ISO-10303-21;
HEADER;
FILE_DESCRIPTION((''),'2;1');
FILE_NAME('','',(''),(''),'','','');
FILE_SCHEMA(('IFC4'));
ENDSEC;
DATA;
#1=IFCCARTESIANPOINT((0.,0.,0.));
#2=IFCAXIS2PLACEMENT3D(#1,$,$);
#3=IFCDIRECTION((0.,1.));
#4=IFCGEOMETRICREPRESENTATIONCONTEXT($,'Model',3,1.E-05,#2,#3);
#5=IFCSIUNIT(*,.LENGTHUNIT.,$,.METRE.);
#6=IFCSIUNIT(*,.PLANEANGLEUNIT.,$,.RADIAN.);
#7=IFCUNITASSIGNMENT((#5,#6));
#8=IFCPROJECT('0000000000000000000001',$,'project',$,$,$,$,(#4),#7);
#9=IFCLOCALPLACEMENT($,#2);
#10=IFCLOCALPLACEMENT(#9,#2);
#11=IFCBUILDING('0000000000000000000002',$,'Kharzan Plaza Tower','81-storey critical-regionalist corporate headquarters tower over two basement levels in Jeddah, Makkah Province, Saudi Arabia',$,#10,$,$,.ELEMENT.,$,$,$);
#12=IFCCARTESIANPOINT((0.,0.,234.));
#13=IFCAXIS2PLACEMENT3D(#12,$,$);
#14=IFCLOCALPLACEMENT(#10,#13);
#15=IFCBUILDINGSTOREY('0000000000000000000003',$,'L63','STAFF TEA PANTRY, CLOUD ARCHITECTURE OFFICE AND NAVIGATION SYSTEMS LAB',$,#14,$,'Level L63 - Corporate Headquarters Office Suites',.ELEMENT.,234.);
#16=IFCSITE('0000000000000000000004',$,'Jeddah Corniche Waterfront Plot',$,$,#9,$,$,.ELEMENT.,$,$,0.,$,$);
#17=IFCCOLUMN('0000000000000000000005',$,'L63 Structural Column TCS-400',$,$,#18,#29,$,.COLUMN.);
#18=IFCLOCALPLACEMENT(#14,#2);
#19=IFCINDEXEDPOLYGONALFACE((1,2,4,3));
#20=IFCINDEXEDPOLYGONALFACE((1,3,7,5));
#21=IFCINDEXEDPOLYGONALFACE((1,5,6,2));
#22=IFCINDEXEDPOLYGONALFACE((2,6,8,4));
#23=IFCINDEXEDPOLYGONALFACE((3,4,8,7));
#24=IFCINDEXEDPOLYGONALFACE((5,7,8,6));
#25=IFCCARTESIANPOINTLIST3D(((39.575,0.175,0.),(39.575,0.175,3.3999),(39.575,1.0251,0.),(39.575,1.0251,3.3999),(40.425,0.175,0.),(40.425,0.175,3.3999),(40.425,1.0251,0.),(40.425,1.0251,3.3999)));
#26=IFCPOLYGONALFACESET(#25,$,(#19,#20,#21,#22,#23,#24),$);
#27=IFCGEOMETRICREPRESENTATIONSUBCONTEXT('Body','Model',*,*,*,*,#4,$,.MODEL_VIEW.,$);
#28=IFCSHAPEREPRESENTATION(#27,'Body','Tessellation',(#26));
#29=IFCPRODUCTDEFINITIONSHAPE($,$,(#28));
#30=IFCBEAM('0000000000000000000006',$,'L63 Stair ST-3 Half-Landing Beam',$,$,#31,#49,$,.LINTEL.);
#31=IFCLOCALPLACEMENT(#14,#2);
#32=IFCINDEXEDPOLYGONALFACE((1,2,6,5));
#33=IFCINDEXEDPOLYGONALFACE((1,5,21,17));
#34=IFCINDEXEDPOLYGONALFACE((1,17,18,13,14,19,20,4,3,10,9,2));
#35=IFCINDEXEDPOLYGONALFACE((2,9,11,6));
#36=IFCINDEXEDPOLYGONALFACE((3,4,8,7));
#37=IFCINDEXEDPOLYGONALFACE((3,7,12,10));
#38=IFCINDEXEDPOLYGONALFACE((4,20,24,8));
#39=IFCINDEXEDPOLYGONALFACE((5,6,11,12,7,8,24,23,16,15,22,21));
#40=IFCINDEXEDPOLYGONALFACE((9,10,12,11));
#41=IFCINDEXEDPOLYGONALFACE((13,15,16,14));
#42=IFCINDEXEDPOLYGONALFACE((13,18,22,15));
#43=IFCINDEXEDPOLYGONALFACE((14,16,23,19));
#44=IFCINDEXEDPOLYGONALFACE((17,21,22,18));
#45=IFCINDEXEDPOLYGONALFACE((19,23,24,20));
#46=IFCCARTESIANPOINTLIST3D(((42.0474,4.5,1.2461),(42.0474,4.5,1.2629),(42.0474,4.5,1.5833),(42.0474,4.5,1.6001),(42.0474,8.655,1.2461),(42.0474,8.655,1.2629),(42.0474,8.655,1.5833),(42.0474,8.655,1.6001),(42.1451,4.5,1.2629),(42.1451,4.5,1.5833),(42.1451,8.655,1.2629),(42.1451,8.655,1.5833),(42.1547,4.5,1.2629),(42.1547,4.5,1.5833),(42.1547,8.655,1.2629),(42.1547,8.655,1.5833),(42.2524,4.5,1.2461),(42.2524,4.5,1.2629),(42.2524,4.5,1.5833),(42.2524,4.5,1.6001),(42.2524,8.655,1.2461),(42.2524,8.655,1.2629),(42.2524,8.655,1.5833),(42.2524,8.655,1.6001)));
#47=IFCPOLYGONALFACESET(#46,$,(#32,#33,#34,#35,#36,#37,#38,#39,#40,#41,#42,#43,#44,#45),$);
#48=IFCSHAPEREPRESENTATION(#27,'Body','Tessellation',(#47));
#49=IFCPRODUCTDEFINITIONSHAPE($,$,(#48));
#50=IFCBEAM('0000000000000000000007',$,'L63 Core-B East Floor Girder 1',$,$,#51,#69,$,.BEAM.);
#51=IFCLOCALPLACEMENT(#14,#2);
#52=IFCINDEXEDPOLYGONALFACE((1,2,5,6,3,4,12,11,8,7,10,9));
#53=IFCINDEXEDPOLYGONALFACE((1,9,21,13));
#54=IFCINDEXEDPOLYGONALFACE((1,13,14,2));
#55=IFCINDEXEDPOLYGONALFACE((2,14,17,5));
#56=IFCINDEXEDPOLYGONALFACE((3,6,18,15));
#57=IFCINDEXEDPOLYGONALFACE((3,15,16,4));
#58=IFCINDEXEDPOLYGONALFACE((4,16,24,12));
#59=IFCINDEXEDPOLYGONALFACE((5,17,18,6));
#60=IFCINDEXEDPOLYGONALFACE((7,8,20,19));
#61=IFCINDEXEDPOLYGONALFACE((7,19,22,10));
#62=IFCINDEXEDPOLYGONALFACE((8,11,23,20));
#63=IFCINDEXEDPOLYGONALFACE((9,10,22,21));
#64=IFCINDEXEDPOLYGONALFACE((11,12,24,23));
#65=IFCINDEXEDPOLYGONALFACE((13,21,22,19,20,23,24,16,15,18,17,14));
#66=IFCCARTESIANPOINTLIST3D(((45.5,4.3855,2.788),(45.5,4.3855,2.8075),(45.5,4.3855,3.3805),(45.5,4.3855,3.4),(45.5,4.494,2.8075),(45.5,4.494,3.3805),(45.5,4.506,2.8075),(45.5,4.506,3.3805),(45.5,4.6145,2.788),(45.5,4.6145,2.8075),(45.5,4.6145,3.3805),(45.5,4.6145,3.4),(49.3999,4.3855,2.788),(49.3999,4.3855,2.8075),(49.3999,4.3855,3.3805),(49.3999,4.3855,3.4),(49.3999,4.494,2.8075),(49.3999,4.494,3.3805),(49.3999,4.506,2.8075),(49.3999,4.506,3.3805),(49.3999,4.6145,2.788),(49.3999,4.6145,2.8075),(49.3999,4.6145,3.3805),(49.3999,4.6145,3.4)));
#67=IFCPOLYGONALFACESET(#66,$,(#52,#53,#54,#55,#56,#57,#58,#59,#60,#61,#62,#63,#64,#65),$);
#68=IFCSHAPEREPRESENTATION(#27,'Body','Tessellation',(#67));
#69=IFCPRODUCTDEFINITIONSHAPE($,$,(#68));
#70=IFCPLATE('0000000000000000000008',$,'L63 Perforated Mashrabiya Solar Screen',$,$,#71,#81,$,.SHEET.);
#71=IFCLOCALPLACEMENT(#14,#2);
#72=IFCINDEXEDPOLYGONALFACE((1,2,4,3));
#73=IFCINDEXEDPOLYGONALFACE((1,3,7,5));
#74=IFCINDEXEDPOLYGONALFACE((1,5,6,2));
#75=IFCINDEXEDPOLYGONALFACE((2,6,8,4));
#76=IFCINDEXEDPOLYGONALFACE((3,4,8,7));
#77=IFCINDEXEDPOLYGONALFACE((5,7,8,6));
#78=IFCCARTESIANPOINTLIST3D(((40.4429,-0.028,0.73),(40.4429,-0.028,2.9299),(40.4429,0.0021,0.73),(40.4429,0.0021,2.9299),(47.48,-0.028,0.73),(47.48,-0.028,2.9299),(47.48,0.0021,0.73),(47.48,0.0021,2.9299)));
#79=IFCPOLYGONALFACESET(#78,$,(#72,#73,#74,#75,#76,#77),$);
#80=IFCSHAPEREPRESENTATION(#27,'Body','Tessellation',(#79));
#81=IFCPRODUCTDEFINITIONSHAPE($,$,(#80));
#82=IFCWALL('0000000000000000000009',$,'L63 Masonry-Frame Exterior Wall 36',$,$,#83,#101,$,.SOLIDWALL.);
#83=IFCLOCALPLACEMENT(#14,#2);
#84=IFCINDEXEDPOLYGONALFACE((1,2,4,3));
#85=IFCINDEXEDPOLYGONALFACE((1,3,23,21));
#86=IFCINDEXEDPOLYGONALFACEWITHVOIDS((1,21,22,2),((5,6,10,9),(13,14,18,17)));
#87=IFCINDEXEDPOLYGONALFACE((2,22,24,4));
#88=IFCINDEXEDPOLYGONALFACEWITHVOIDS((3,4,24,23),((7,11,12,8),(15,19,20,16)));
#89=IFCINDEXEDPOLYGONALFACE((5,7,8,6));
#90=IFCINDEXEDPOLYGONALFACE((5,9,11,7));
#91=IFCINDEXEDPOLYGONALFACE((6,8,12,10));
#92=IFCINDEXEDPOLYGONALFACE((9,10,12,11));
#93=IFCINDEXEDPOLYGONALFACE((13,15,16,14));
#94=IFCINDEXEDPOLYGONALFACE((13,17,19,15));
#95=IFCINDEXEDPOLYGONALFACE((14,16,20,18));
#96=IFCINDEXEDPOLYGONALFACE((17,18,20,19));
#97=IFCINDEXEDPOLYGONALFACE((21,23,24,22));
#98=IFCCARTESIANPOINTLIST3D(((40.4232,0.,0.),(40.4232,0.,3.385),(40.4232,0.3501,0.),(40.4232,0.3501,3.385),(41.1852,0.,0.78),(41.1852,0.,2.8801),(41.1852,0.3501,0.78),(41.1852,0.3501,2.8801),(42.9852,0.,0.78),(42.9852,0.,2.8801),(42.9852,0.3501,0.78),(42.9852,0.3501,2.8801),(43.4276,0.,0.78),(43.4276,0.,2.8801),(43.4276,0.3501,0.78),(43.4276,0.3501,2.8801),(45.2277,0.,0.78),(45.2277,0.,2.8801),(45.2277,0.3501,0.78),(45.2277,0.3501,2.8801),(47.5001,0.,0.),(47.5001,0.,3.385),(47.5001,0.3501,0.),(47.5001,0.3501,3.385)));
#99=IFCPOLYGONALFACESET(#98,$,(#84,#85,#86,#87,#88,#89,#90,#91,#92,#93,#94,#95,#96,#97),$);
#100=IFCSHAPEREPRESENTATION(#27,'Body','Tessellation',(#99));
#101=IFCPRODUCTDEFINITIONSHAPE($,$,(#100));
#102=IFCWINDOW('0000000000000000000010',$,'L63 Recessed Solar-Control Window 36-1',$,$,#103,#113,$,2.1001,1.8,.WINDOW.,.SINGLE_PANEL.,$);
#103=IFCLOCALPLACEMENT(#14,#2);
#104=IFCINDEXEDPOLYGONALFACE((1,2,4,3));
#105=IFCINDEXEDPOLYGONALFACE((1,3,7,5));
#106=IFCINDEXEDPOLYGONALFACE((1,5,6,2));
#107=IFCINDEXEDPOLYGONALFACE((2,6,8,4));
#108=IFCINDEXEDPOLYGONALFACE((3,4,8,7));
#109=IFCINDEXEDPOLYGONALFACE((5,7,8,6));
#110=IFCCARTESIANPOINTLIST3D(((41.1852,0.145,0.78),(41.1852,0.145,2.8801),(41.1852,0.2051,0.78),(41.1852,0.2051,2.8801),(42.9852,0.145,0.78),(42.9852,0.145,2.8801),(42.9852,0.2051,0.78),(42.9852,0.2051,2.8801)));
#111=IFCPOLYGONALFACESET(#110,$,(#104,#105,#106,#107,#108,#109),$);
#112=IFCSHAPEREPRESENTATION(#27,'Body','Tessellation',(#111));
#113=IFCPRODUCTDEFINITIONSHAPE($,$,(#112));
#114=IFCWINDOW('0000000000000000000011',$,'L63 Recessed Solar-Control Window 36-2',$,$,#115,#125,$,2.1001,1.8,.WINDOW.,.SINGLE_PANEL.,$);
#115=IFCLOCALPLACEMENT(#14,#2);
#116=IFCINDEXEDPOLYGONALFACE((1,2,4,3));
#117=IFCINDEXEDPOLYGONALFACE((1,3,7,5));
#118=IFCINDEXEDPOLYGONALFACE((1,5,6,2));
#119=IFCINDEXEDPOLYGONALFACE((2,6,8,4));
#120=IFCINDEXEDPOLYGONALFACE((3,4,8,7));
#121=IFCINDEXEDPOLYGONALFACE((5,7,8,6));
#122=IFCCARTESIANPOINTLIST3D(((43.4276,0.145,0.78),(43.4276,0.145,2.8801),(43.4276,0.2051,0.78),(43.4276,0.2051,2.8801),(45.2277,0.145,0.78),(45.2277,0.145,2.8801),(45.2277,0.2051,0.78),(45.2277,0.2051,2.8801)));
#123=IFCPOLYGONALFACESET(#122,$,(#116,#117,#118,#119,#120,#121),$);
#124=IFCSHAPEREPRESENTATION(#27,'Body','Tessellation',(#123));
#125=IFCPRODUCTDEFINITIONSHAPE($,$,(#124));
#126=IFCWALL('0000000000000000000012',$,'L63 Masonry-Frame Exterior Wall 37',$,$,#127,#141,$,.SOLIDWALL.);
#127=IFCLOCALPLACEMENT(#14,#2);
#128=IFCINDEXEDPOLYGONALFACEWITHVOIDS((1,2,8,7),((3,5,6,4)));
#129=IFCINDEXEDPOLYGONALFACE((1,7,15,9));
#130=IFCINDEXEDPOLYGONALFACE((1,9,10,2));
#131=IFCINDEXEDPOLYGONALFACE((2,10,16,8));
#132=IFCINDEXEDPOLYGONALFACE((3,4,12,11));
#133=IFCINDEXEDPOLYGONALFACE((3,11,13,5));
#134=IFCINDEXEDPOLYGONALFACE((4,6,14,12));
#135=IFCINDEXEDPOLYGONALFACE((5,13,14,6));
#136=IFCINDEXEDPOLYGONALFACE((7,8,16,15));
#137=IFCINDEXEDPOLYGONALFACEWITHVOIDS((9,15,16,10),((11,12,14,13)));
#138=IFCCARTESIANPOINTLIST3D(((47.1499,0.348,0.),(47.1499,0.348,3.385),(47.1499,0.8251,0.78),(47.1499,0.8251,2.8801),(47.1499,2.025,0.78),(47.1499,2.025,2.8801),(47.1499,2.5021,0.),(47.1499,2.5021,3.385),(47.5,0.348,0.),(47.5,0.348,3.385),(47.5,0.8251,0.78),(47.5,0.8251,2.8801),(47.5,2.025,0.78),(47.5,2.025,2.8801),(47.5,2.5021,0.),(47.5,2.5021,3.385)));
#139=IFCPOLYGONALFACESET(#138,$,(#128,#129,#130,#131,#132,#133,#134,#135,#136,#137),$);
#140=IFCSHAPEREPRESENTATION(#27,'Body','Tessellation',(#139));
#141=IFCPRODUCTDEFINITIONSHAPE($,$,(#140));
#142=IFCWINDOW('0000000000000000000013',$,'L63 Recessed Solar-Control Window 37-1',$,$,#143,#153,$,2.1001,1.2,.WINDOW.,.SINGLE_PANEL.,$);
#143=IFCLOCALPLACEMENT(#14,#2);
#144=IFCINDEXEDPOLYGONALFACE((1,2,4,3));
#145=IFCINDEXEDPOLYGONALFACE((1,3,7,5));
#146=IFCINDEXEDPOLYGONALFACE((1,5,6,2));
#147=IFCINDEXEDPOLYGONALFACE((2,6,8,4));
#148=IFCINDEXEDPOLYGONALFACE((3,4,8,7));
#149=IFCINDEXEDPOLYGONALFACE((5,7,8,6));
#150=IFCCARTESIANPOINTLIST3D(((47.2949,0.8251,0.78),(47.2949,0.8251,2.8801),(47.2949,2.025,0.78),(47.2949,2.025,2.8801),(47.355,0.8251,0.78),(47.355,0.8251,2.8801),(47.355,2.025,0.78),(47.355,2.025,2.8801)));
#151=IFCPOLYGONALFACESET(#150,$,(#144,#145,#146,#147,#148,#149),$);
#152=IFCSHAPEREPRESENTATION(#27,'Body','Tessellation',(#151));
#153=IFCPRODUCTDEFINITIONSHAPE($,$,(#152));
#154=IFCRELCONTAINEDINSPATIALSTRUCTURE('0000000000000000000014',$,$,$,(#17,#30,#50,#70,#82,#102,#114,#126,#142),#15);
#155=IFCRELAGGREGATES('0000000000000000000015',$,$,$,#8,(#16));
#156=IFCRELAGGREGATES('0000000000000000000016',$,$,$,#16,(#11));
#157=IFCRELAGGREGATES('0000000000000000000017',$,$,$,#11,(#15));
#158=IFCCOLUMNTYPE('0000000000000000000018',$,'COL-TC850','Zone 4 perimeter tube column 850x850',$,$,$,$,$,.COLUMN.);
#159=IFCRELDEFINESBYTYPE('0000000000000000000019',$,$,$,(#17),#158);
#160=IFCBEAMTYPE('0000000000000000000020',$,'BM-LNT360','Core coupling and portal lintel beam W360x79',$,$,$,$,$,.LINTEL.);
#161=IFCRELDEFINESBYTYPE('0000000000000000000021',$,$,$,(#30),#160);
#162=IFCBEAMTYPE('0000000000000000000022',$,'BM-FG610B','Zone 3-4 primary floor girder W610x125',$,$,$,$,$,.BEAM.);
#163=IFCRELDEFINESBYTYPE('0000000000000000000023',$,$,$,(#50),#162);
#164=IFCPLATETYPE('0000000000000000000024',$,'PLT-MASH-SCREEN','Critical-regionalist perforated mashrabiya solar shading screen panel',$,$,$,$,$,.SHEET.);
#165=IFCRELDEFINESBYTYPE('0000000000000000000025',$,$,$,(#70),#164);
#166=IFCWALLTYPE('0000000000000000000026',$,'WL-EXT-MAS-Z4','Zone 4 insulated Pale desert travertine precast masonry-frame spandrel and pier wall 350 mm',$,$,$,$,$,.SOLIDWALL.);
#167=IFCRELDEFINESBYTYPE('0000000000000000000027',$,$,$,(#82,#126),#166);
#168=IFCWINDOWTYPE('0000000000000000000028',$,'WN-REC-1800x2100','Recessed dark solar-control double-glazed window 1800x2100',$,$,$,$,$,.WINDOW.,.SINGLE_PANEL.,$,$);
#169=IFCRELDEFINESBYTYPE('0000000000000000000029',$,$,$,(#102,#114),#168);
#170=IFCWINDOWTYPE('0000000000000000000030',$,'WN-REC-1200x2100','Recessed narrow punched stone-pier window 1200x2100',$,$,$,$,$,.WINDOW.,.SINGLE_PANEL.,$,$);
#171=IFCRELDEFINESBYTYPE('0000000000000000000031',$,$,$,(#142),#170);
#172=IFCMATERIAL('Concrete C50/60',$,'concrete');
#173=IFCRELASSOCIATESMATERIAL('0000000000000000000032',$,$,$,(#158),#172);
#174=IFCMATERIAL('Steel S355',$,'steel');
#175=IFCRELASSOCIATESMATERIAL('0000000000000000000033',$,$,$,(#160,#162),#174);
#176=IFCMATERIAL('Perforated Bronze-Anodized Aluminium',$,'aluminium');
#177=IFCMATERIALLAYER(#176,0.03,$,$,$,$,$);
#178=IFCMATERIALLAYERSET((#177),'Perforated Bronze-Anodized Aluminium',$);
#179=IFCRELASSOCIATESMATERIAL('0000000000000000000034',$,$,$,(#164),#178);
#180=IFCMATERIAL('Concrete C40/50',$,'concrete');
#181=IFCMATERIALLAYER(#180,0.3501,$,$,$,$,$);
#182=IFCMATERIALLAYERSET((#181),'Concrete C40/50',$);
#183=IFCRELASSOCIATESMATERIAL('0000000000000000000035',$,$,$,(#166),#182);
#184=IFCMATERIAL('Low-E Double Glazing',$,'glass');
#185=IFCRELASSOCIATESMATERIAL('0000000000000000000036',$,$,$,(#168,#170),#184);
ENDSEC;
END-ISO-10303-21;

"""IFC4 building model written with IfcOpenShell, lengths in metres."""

from ifc_helpers import new_model, si_unit, direction, frame, frame_2d, origin, origin_2d, place, context, subcontext, project, spatial, rectangle, i_section, extrude, source, transform, mapped, material, layer, layer_set, material_profile, profile_set, type_object, element, fill, save


model = new_model("IFC4")

# Units and contexts
model_context = context("Model", 3, precision=1e-05, world=origin(), true_north=direction((0.0, 1.0)))
body_context = subcontext(model_context, "Body", "Model", "MODEL_VIEW")
ifc_project = project(units=[si_unit("LENGTHUNIT", "METRE"), si_unit("PLANEANGLEUNIT", "RADIAN")], contexts=[model_context])

# Site, building, storey
site_placement = place(None, origin())
site = spatial("IfcSite", under=ifc_project, at=site_placement, Name="Jeddah Corniche Waterfront Plot", CompositionType="ELEMENT", RefElevation=0.0)
building_placement = place(site_placement, origin())
building = spatial("IfcBuilding", under=site, at=building_placement, Name="Kharzan Plaza Tower", Description="81-storey critical-regionalist corporate headquarters tower over two basement levels in Jeddah, Makkah Province, Saudi Arabia", CompositionType="ELEMENT")
storey_placement = place(building_placement, frame((0.0, 0.0, 234.0)))
storey = spatial("IfcBuildingStorey", under=building, at=storey_placement, Name="L63", Description="STAFF TEA PANTRY, CLOUD ARCHITECTURE OFFICE AND NAVIGATION SYSTEMS LAB", LongName="Level L63 - Corporate Headquarters Office Suites", CompositionType="ELEMENT", Elevation=234.0)

# Column
ifc_material_1 = material(Name="Concrete C50/60", Category="concrete")
ifc_material_profile_1 = material_profile(ifc_material_1, rectangle(XDim=0.8501, YDim=0.8501, at=origin_2d()), Name="RC-TC850x850")
ifc_profile_set_1 = profile_set([ifc_material_profile_1], Name="Concrete C50/60")
column_type = type_object("IfcColumnType", Name="COL-TC850", Description="Zone 4 perimeter tube column 850x850", PredefinedType="COLUMN", material=ifc_profile_set_1)
shared_shape_1 = source(origin(), body_context, "Body", "SweptSolid", [
    extrude(rectangle(XDim=0.8501, YDim=0.8501, at=origin_2d()), origin(), (0.0, 0.0, 1.0), 3.3999),
])
column_placement = place(storey_placement, frame((40.0, 0.6001, 0.0), z_axis=(0.0, 0.0, 1.0), x_axis=(1.0, 0.0, 0.0)))
element("IfcColumn", 1, at=column_placement, inside=storey, type_object=column_type, Name="L63 Structural Column TCS-400", PredefinedType="COLUMN", context=body_context, shape_type="MappedRepresentation", body=[
    mapped(shared_shape_1, transform((0.0, 0.0, 0.0), x_axis=(1.0, 0.0, 0.0), y_axis=(0.0, 1.0, 0.0), z_axis=(0.0, 0.0, 1.0))),
])

# Beams
ifc_material_2 = material(Name="Steel S355", Category="steel")
ifc_material_profile_2 = material_profile(ifc_material_2, i_section(OverallWidth=0.2051, OverallDepth=0.354, WebThickness=0.0095, FlangeThickness=0.0168, at=origin_2d()), Name="W360x79")
ifc_profile_set_2 = profile_set([ifc_material_profile_2], Name="Steel S355")
beam_type_1 = type_object("IfcBeamType", Name="BM-LNT360", Description="Core coupling and portal lintel beam W360x79", PredefinedType="LINTEL", material=ifc_profile_set_2)
shared_shape_2 = source(origin(), body_context, "Body", "SweptSolid", [
    extrude(i_section(OverallWidth=0.2051, OverallDepth=0.354, WebThickness=0.0095, FlangeThickness=0.0168, at=origin_2d()), origin(), (0.0, 0.0, 1.0), 4.155),
])
beam_1_placement = place(storey_placement, frame((42.1499, 4.5, 1.4231), z_axis=(0.0, 1.0, 0.0), x_axis=(-1.0, 0.0, 0.0)))
element("IfcBeam", 2, at=beam_1_placement, inside=storey, type_object=beam_type_1, Name="L63 Stair ST-3 Half-Landing Beam", PredefinedType="LINTEL", context=body_context, shape_type="MappedRepresentation", body=[
    mapped(shared_shape_2, transform((0.0, 0.0, 0.0), x_axis=(1.0, 0.0, 0.0), y_axis=(0.0, 1.0, 0.0), z_axis=(0.0, 0.0, 1.0))),
])
ifc_material_profile_3 = material_profile(ifc_material_2, i_section(OverallWidth=0.229, OverallDepth=0.6121, WebThickness=0.012, FlangeThickness=0.0195, at=origin_2d()), Name="W610x125")
ifc_profile_set_3 = profile_set([ifc_material_profile_3], Name="Steel S355")
beam_type_2 = type_object("IfcBeamType", Name="BM-FG610B", Description="Zone 3-4 primary floor girder W610x125", PredefinedType="BEAM", material=ifc_profile_set_3)
shared_shape_3 = source(origin(), body_context, "Body", "SweptSolid", [
    extrude(i_section(OverallWidth=0.229, OverallDepth=0.6121, WebThickness=0.012, FlangeThickness=0.0195, at=origin_2d()), origin(), (0.0, 0.0, 1.0), 3.8999),
])
beam_2_placement = place(storey_placement, frame((45.5, 4.5, 3.094), z_axis=(1.0, 0.0, 0.0), x_axis=(0.0, 1.0, 0.0)))
element("IfcBeam", 3, at=beam_2_placement, inside=storey, type_object=beam_type_2, Name="L63 Core-B East Floor Girder 1", PredefinedType="BEAM", context=body_context, shape_type="MappedRepresentation", body=[
    mapped(shared_shape_3, transform((0.0, 0.0, 0.0), x_axis=(1.0, 0.0, 0.0), y_axis=(0.0, 1.0, 0.0), z_axis=(0.0, 0.0, 1.0))),
])

# Plate
ifc_material_3 = material(Name="Perforated Bronze-Anodized Aluminium", Category="aluminium")
ifc_layer_1 = layer(ifc_material_3, 0.03)
ifc_layer_set_1 = layer_set([ifc_layer_1], Name="Perforated Bronze-Anodized Aluminium")
plate_type = type_object("IfcPlateType", Name="PLT-MASH-SCREEN", Description="Critical-regionalist perforated mashrabiya solar shading screen panel", PredefinedType="SHEET", material=ifc_layer_set_1)
shared_shape_4 = source(origin(), body_context, "Body", "SweptSolid", [
    extrude(rectangle(XDim=7.0371, YDim=0.03, at=origin_2d()), origin(), (0.0, 0.0, 1.0), 2.2),
])
plate_placement = place(storey_placement, frame((43.9614, -0.0129, 0.73), z_axis=(0.0, 0.0, 1.0), x_axis=(1.0, 0.0, 0.0)))
element("IfcPlate", 4, at=plate_placement, inside=storey, type_object=plate_type, Name="L63 Perforated Mashrabiya Solar Screen", PredefinedType="SHEET", context=body_context, shape_type="MappedRepresentation", body=[
    mapped(shared_shape_4, transform((0.0, 0.0, 0.0), x_axis=(1.0, 0.0, 0.0), y_axis=(0.0, 1.0, 0.0), z_axis=(0.0, 0.0, 1.0))),
])

# Wall, openings, windows
ifc_material_4 = material(Name="Concrete C40/50", Category="concrete")
ifc_layer_2 = layer(ifc_material_4, 0.3501)
ifc_layer_set_2 = layer_set([ifc_layer_2], Name="Concrete C40/50")
wall_type_1 = type_object("IfcWallType", Name="WL-EXT-MAS-Z4", Description="Zone 4 insulated Pale desert travertine precast masonry-frame spandrel and pier wall 350 mm", PredefinedType="SOLIDWALL", material=ifc_layer_set_2)
wall_1_placement = place(storey_placement, frame((40.4231, 0.175, 0.0), z_axis=(0.0, 0.0, 1.0), x_axis=(1.0, 0.0, 0.0)))
wall_1 = element("IfcWall", 5, at=wall_1_placement, inside=storey, type_object=wall_type_1, Name="L63 Masonry-Frame Exterior Wall 36", PredefinedType="SOLIDWALL", context=body_context, shape_type="SweptSolid", body=[
    extrude(rectangle(XDim=7.0769, YDim=0.3501, at=frame_2d((3.5386, 0.0))), origin(), (0.0, 0.0, 1.0), 3.385),
])
opening_1_placement = place(wall_1_placement, frame((0.7622, 0.0, 0.78)))
opening_1 = element("IfcOpeningElement", 6, at=opening_1_placement, cuts=wall_1, PredefinedType="OPENING", context=body_context, shape_type="SweptSolid", body=[
    extrude(rectangle(XDim=1.8, YDim=2.1001, at=frame_2d((0.8999, 1.05))), frame((0.0, 0.1851, 0.0), z_axis=(0.0, -1.0, 0.0), x_axis=(1.0, 0.0, 0.0)), (0.0, 0.0, 1.0), 0.3701),
])
opening_2_placement = place(wall_1_placement, frame((3.0046, 0.0, 0.78)))
opening_2 = element("IfcOpeningElement", 7, at=opening_2_placement, cuts=wall_1, PredefinedType="OPENING", context=body_context, shape_type="SweptSolid", body=[
    extrude(rectangle(XDim=1.8, YDim=2.1001, at=frame_2d((0.8999, 1.05))), frame((0.0, 0.1851, 0.0), z_axis=(0.0, -1.0, 0.0), x_axis=(1.0, 0.0, 0.0)), (0.0, 0.0, 1.0), 0.3701),
])
ifc_material_5 = material(Name="Low-E Double Glazing", Category="glass")
window_type_1 = type_object("IfcWindowType", Name="WN-REC-1800x2100", Description="Recessed dark solar-control double-glazed window 1800x2100", PartitioningType="SINGLE_PANEL", PredefinedType="WINDOW", material=ifc_material_5)
shared_shape_5 = source(origin(), body_context, "Body", "SweptSolid", [
    extrude(rectangle(XDim=1.8, YDim=2.1001, at=frame_2d((0.8999, 1.05))), frame((0.0, 0.03, 0.0), z_axis=(0.0, -1.0, 0.0), x_axis=(1.0, 0.0, 0.0)), (0.0, 0.0, 1.0), 0.0601),
])
window_1_placement = place(opening_1_placement, origin())
window_1 = element("IfcWindow", 8, at=window_1_placement, inside=storey, type_object=window_type_1, Name="L63 Recessed Solar-Control Window 36-1", OverallHeight=2.1001, OverallWidth=1.8, PartitioningType="SINGLE_PANEL", PredefinedType="WINDOW", context=body_context, shape_type="MappedRepresentation", body=[
    mapped(shared_shape_5, transform((0.0, 0.0, 0.0), x_axis=(1.0, 0.0, 0.0), y_axis=(0.0, 1.0, 0.0), z_axis=(0.0, 0.0, 1.0))),
])
fill(opening_1, window_1)
window_2_placement = place(opening_2_placement, origin())
window_2 = element("IfcWindow", 9, at=window_2_placement, inside=storey, type_object=window_type_1, Name="L63 Recessed Solar-Control Window 36-2", OverallHeight=2.1001, OverallWidth=1.8, PartitioningType="SINGLE_PANEL", PredefinedType="WINDOW", context=body_context, shape_type="MappedRepresentation", body=[
    mapped(shared_shape_5, transform((0.0, 0.0, 0.0), x_axis=(1.0, 0.0, 0.0), y_axis=(0.0, 1.0, 0.0), z_axis=(0.0, 0.0, 1.0))),
])
fill(opening_2, window_2)

# Wall, opening, window
wall_2_placement = place(storey_placement, frame((47.325, 0.3479, 0.0), z_axis=(0.0, 0.0, 1.0), x_axis=(0.0, 1.0, 0.0)))
wall_2 = element("IfcWall", 10, at=wall_2_placement, inside=storey, type_object=wall_type_1, Name="L63 Masonry-Frame Exterior Wall 37", PredefinedType="SOLIDWALL", context=body_context, shape_type="SweptSolid", body=[
    extrude(rectangle(XDim=2.1541, YDim=0.3501, at=frame_2d((1.0771, 0.0))), origin(), (0.0, 0.0, 1.0), 3.385),
])
opening_3_placement = place(wall_2_placement, frame((0.4771, 0.0, 0.78)))
opening_3 = element("IfcOpeningElement", 11, at=opening_3_placement, cuts=wall_2, PredefinedType="OPENING", context=body_context, shape_type="SweptSolid", body=[
    extrude(rectangle(XDim=1.2, YDim=2.1001, at=frame_2d((0.6001, 1.05))), frame((0.0, 0.1851, 0.0), z_axis=(0.0, -1.0, 0.0), x_axis=(1.0, 0.0, 0.0)), (0.0, 0.0, 1.0), 0.3701),
])
window_type_2 = type_object("IfcWindowType", Name="WN-REC-1200x2100", Description="Recessed narrow punched stone-pier window 1200x2100", PartitioningType="SINGLE_PANEL", PredefinedType="WINDOW", material=ifc_material_5)
shared_shape_6 = source(origin(), body_context, "Body", "SweptSolid", [
    extrude(rectangle(XDim=1.2, YDim=2.1001, at=frame_2d((0.6001, 1.05))), frame((0.0, 0.03, 0.0), z_axis=(0.0, -1.0, 0.0), x_axis=(1.0, 0.0, 0.0)), (0.0, 0.0, 1.0), 0.0601),
])
window_3_placement = place(opening_3_placement, origin())
window_3 = element("IfcWindow", 12, at=window_3_placement, inside=storey, type_object=window_type_2, Name="L63 Recessed Solar-Control Window 37-1", OverallHeight=2.1001, OverallWidth=1.2, PartitioningType="SINGLE_PANEL", PredefinedType="WINDOW", context=body_context, shape_type="MappedRepresentation", body=[
    mapped(shared_shape_6, transform((0.0, 0.0, 0.0), x_axis=(1.0, 0.0, 0.0), y_axis=(0.0, 1.0, 0.0), z_axis=(0.0, 0.0, 1.0))),
])
fill(opening_3, window_3)

save(model, "model.ifc")
